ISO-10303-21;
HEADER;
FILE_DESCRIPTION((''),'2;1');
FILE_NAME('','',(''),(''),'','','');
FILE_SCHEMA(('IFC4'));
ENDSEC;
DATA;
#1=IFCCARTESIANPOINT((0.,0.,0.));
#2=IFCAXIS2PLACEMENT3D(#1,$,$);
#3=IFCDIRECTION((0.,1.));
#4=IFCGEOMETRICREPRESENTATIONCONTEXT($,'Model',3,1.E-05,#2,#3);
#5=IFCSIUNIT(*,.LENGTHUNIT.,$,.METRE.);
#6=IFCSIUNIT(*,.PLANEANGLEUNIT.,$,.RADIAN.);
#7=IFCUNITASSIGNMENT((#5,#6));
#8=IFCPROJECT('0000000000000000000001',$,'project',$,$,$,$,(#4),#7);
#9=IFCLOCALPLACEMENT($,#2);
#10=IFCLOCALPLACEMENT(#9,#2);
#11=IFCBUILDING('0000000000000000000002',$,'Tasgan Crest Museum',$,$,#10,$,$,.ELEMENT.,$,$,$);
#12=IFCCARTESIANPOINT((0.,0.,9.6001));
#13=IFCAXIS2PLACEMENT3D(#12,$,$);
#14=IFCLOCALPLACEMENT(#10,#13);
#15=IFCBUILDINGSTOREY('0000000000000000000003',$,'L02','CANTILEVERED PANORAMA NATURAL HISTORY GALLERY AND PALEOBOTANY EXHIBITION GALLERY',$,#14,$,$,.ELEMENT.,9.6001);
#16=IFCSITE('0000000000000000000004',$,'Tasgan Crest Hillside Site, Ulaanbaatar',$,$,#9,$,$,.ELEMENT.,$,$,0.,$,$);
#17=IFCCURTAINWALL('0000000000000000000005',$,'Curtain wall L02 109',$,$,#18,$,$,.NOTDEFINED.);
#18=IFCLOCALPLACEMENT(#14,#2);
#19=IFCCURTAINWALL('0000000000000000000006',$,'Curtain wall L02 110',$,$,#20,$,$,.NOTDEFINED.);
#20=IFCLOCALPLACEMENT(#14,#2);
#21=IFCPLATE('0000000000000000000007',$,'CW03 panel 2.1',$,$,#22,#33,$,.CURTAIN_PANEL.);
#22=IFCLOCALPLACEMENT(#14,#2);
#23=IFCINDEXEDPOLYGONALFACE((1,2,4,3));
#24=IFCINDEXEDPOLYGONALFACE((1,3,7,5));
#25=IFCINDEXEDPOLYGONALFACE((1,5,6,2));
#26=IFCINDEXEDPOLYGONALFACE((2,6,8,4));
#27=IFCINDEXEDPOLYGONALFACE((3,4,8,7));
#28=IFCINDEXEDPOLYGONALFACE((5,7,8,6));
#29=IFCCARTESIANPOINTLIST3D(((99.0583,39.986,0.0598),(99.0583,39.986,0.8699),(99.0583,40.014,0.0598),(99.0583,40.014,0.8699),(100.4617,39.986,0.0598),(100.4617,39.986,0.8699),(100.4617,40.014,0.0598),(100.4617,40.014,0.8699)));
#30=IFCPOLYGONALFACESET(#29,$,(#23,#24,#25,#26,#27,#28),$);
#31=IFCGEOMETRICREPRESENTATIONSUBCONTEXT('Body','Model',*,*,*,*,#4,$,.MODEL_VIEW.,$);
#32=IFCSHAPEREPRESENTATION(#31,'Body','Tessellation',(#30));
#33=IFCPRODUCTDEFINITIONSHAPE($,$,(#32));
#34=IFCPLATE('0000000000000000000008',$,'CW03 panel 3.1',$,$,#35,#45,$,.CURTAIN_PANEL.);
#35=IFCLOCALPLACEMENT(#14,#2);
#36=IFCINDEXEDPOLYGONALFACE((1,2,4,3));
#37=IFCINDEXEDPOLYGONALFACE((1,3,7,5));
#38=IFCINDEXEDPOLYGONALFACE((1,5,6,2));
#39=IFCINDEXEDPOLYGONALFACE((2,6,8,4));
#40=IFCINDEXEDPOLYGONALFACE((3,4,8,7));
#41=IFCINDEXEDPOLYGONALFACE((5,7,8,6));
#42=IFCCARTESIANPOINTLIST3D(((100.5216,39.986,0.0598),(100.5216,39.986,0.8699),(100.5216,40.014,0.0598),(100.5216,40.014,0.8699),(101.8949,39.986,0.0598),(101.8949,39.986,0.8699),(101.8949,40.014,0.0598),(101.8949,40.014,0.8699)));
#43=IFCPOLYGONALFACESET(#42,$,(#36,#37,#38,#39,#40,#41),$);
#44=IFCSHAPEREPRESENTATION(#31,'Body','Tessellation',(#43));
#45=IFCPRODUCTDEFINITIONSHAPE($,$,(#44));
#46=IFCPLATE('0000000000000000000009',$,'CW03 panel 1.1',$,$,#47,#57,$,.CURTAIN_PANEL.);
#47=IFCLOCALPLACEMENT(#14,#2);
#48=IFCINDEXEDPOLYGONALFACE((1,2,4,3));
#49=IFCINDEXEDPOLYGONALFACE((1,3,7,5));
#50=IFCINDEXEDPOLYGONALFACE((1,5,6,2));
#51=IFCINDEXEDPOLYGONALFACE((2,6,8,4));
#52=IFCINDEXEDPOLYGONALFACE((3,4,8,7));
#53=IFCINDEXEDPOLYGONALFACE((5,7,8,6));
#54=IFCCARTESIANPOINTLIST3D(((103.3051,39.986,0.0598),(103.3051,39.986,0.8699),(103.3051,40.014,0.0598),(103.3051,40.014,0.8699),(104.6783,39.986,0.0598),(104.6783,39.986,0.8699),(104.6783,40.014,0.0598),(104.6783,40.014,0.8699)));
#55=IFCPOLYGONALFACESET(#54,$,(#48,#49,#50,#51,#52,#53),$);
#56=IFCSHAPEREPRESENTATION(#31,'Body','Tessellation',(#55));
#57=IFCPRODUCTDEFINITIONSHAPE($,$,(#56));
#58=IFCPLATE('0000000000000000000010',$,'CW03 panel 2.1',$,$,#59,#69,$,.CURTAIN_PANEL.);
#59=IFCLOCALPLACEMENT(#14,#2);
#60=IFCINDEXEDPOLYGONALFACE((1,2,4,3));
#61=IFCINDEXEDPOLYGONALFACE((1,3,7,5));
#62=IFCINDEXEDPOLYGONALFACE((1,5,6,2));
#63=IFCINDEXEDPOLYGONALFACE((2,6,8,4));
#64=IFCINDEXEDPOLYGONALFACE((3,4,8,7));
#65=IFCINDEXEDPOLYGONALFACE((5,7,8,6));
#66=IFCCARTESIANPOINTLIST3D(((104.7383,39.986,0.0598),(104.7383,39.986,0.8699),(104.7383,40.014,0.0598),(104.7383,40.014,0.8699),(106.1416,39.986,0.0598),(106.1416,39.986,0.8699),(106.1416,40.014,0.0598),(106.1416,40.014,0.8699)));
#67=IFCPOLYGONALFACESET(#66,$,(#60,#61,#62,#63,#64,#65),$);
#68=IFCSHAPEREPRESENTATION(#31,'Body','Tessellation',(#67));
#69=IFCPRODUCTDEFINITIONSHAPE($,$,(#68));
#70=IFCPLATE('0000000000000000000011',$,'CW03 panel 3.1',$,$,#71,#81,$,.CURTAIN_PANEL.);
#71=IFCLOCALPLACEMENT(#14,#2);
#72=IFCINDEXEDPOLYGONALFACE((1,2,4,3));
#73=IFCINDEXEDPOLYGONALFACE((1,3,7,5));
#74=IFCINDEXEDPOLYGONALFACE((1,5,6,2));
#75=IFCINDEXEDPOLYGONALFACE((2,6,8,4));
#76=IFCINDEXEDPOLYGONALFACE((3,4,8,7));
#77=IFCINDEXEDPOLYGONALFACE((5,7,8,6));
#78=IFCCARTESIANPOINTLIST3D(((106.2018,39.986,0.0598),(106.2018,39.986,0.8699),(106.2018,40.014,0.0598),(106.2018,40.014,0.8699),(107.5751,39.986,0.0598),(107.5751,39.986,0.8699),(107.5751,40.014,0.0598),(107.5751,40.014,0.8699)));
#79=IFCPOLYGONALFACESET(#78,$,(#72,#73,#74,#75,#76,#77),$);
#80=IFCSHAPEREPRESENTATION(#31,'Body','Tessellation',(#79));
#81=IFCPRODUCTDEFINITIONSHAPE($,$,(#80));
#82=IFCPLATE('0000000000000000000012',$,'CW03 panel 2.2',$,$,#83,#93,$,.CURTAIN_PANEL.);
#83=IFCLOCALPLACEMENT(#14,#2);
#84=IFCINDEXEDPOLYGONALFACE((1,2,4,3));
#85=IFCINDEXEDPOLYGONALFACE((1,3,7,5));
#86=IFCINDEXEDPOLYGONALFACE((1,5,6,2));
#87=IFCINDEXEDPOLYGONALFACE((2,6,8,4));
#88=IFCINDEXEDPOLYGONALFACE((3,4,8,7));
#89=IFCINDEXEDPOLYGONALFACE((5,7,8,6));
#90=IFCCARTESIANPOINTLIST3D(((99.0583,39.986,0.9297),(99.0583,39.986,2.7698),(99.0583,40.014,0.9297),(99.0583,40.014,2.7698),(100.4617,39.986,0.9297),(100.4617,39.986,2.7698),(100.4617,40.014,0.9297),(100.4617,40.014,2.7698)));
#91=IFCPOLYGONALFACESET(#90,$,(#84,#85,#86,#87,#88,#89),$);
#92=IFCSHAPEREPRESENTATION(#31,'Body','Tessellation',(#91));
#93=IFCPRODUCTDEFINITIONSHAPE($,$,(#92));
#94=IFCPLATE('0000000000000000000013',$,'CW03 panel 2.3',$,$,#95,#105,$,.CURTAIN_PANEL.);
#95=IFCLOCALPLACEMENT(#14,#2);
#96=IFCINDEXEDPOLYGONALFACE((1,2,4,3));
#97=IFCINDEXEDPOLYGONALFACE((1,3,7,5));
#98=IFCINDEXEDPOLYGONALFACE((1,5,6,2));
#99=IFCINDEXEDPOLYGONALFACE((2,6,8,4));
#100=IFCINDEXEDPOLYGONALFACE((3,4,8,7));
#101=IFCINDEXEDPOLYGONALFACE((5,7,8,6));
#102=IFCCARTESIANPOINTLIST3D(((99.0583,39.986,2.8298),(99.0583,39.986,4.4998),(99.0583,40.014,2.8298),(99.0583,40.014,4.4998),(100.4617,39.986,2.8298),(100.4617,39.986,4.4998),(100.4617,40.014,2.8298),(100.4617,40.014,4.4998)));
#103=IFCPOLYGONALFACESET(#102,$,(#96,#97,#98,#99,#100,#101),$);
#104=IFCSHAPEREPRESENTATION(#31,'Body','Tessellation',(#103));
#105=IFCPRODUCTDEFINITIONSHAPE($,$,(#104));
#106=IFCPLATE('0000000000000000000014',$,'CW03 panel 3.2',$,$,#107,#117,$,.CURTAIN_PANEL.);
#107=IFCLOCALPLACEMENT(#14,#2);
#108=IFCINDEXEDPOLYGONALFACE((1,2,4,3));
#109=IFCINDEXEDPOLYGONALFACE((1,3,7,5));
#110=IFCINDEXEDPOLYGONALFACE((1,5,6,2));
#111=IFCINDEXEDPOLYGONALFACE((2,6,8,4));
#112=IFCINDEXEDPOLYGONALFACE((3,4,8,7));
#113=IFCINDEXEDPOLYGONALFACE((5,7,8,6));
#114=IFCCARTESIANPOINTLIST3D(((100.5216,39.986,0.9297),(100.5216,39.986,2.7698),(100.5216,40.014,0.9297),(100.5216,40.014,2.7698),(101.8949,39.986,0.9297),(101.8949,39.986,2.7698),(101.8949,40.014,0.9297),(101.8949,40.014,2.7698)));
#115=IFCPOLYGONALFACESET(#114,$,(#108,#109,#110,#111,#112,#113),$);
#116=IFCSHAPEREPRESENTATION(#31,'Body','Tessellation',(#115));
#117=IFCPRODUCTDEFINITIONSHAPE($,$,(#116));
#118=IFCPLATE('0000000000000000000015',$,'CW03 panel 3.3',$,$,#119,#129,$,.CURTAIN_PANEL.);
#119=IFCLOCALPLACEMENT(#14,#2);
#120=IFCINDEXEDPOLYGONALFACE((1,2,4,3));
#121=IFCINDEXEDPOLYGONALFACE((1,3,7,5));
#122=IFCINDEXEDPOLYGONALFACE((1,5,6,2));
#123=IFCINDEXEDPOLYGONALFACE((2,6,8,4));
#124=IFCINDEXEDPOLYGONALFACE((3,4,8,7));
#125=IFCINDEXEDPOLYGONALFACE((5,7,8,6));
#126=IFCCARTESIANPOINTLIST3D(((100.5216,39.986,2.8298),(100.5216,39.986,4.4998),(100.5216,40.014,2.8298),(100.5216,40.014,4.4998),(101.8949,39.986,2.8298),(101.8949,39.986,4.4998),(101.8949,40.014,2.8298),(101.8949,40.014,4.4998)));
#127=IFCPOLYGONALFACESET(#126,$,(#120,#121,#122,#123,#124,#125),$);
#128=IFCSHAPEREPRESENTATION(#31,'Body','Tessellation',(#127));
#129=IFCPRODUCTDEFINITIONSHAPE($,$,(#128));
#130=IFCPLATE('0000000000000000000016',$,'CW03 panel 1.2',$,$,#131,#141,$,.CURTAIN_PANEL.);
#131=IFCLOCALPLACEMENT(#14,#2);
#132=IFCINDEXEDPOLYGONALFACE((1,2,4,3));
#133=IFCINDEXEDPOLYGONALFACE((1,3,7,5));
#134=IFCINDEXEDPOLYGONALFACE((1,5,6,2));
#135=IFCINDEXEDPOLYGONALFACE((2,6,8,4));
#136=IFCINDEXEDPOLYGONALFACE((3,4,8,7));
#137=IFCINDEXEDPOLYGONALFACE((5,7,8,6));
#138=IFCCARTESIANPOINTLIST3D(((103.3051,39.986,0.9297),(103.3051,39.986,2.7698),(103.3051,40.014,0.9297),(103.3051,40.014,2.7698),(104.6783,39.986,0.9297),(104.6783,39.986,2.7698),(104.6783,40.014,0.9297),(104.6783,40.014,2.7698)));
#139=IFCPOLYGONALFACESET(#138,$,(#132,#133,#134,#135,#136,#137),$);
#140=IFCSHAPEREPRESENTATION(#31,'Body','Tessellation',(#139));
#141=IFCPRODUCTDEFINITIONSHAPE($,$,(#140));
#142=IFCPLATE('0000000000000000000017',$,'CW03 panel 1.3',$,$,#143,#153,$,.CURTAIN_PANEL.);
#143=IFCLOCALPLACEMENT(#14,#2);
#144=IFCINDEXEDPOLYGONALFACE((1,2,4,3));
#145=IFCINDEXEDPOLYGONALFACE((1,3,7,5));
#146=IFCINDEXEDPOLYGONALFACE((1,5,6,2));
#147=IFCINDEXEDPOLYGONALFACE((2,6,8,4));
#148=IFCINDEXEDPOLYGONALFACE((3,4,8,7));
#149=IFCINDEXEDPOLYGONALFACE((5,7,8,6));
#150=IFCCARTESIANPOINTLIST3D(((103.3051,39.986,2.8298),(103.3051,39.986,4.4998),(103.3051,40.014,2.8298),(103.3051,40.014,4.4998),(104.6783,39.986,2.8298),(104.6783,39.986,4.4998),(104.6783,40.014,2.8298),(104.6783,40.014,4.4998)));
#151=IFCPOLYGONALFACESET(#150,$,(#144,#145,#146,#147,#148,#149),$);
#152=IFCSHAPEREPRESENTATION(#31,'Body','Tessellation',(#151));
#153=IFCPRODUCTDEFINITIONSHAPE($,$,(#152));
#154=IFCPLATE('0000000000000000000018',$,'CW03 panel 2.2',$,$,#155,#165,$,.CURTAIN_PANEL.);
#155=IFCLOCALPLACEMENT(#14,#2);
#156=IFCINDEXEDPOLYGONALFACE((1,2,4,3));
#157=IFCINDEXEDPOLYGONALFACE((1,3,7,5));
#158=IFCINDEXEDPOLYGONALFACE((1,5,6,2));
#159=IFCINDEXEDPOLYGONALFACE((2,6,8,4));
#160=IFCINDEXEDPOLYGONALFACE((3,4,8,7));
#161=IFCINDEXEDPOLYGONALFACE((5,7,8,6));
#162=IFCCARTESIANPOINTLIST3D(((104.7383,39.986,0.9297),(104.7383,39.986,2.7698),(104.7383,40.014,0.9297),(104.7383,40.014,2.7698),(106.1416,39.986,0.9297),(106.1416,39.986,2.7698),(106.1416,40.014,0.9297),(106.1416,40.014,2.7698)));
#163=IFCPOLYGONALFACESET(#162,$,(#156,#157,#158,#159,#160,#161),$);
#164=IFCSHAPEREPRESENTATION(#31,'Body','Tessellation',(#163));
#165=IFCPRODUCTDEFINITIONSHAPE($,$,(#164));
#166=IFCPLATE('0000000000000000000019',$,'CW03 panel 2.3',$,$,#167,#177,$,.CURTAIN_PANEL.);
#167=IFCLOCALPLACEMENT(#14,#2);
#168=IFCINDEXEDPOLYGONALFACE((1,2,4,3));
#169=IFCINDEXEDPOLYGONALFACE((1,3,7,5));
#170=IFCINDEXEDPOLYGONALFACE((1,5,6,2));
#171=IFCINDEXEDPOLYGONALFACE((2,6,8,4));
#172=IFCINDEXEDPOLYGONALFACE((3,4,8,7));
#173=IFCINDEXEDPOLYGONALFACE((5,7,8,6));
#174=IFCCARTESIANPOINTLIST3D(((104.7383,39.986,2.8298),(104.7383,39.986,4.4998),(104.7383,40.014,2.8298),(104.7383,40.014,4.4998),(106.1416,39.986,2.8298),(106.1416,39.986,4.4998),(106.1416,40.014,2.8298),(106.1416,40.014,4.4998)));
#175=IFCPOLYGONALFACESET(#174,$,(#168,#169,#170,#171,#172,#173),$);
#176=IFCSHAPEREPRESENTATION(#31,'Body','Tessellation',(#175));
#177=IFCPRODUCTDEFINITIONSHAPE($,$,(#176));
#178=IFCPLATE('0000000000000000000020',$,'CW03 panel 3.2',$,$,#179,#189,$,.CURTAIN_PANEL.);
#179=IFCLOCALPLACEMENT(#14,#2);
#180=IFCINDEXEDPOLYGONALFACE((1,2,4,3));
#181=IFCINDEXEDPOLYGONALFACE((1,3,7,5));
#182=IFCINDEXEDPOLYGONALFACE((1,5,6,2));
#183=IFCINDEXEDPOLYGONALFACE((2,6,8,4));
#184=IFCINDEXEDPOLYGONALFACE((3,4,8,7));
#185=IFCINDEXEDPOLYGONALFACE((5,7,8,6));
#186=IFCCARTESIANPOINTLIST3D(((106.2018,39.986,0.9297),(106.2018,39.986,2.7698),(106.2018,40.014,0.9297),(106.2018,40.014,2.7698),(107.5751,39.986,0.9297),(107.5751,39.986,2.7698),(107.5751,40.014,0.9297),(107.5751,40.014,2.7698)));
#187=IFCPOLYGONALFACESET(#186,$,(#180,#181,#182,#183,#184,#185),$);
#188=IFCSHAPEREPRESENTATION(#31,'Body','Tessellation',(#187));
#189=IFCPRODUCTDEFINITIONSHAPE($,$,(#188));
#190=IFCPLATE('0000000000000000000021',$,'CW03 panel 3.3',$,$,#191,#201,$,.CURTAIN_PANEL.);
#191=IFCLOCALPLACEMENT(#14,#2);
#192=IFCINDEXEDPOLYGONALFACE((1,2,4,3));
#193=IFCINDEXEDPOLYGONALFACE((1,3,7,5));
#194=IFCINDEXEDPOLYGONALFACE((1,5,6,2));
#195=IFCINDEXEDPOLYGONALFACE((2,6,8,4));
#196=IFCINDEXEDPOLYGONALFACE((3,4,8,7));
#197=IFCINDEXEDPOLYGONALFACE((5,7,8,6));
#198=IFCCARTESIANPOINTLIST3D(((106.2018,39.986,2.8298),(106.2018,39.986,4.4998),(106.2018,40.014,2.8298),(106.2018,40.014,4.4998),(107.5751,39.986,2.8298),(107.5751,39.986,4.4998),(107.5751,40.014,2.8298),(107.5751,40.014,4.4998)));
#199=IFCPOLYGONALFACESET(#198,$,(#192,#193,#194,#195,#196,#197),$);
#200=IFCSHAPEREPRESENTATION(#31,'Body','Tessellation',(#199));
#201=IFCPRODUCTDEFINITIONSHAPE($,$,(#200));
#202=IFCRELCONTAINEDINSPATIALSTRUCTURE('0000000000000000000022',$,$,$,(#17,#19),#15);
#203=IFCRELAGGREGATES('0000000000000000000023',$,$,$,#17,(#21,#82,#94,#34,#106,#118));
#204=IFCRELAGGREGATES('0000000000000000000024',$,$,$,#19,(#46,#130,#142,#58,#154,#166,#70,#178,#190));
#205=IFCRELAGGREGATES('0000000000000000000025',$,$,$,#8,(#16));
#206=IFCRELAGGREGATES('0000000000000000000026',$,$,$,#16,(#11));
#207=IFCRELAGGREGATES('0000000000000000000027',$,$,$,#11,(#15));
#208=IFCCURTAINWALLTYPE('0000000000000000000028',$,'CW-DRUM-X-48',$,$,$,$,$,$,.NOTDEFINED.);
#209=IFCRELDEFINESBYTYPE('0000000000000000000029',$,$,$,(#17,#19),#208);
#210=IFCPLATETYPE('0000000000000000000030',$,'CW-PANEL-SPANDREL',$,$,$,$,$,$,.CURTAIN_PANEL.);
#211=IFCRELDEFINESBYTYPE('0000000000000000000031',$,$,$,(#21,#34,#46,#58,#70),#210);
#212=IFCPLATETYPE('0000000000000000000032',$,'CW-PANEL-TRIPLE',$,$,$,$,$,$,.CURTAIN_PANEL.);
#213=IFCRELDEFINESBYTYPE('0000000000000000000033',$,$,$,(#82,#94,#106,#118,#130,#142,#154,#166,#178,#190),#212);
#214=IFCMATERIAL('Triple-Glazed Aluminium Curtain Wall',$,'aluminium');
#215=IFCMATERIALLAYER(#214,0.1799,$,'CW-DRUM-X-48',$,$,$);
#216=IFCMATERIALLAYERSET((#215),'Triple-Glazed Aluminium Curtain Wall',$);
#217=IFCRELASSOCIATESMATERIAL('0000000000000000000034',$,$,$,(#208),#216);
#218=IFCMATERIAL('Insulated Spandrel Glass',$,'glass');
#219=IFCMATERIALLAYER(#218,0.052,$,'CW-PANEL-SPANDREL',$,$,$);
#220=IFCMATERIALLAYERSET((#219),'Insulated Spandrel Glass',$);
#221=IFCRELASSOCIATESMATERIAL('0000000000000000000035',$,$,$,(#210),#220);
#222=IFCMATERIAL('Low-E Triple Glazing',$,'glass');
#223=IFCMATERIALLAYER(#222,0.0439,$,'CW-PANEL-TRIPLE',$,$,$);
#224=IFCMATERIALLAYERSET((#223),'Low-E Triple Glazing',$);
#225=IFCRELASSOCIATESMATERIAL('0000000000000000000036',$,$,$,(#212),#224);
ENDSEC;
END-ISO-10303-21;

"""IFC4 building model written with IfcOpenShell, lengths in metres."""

from ifc_helpers import new_model, si_unit, direction, frame, origin, origin_2d, place, context, subcontext, project, spatial, rectangle, extrude, material, layer, layer_set, type_object, element, aggregate, save


model = new_model("IFC4")

# Units and contexts
model_context = context("Model", 3, precision=1e-05, world=origin(), true_north=direction((0.0, 1.0)))
body_context = subcontext(model_context, "Body", "Model", "MODEL_VIEW")
ifc_project = project(units=[si_unit("LENGTHUNIT", "METRE"), si_unit("PLANEANGLEUNIT", "RADIAN")], contexts=[model_context])

# Site, building, storey
site_placement = place(None, origin())
site = spatial("IfcSite", under=ifc_project, at=site_placement, Name="Tasgan Crest Hillside Site, Ulaanbaatar", CompositionType="ELEMENT", RefElevation=0.0)
building_placement = place(site_placement, origin())
building = spatial("IfcBuilding", under=site, at=building_placement, Name="Tasgan Crest Museum", CompositionType="ELEMENT")
storey_placement = place(building_placement, frame((0.0, 0.0, 9.6001)))
storey = spatial("IfcBuildingStorey", under=building, at=storey_placement, Name="L02", Description="CANTILEVERED PANORAMA NATURAL HISTORY GALLERY AND PALEOBOTANY EXHIBITION GALLERY", CompositionType="ELEMENT", Elevation=9.6001)

# Curtain walls
ifc_material_1 = material(Name="Triple-Glazed Aluminium Curtain Wall", Category="aluminium")
ifc_layer_1 = layer(ifc_material_1, 0.1799, Name="CW-DRUM-X-48")
ifc_layer_set_1 = layer_set([ifc_layer_1], Name="Triple-Glazed Aluminium Curtain Wall")
curtain_wall_type = type_object("IfcCurtainWallType", Name="CW-DRUM-X-48", PredefinedType="NOTDEFINED", material=ifc_layer_set_1)
curtain_wall_1_placement = place(storey_placement, origin())
curtain_wall_1 = element("IfcCurtainWall", 1, at=curtain_wall_1_placement, inside=storey, type_object=curtain_wall_type, Name="Curtain wall L02 109", PredefinedType="NOTDEFINED")
curtain_wall_2_placement = place(storey_placement, origin())
curtain_wall_2 = element("IfcCurtainWall", 2, at=curtain_wall_2_placement, inside=storey, type_object=curtain_wall_type, Name="Curtain wall L02 110", PredefinedType="NOTDEFINED")

# Plates
ifc_material_2 = material(Name="Insulated Spandrel Glass", Category="glass")
ifc_layer_2 = layer(ifc_material_2, 0.052, Name="CW-PANEL-SPANDREL")
ifc_layer_set_2 = layer_set([ifc_layer_2], Name="Insulated Spandrel Glass")
plate_type_1 = type_object("IfcPlateType", Name="CW-PANEL-SPANDREL", PredefinedType="CURTAIN_PANEL", material=ifc_layer_set_2)
plate_1_placement = place(storey_placement, frame((99.76, 40.0, 0.0598), z_axis=(0.0, 0.0, 1.0), x_axis=(1.0, 0.0, 0.0)))
plate_1 = element("IfcPlate", 3, at=plate_1_placement, type_object=plate_type_1, Name="CW03 panel 2.1", PredefinedType="CURTAIN_PANEL", context=body_context, shape_type="SweptSolid", body=[
    extrude(rectangle(XDim=1.4033, YDim=0.0281, at=origin_2d()), origin(), (0.0, 0.0, 1.0), 0.8101),
])
plate_2_placement = place(storey_placement, frame((101.2083, 40.0, 0.0598), z_axis=(0.0, 0.0, 1.0), x_axis=(1.0, 0.0, 0.0)))
plate_2 = element("IfcPlate", 4, at=plate_2_placement, type_object=plate_type_1, Name="CW03 panel 3.1", PredefinedType="CURTAIN_PANEL", context=body_context, shape_type="SweptSolid", body=[
    extrude(rectangle(XDim=1.3733, YDim=0.0281, at=origin_2d()), origin(), (0.0, 0.0, 1.0), 0.8101),
])
plate_3_placement = place(storey_placement, frame((103.9917, 40.0, 0.0598), z_axis=(0.0, 0.0, 1.0), x_axis=(1.0, 0.0, 0.0)))
plate_3 = element("IfcPlate", 5, at=plate_3_placement, type_object=plate_type_1, Name="CW03 panel 1.1", PredefinedType="CURTAIN_PANEL", context=body_context, shape_type="SweptSolid", body=[
    extrude(rectangle(XDim=1.3733, YDim=0.0281, at=origin_2d()), origin(), (0.0, 0.0, 1.0), 0.8101),
])
plate_4_placement = place(storey_placement, frame((105.4399, 40.0, 0.0598), z_axis=(0.0, 0.0, 1.0), x_axis=(1.0, 0.0, 0.0)))
plate_4 = element("IfcPlate", 6, at=plate_4_placement, type_object=plate_type_1, Name="CW03 panel 2.1", PredefinedType="CURTAIN_PANEL", context=body_context, shape_type="SweptSolid", body=[
    extrude(rectangle(XDim=1.4033, YDim=0.0281, at=origin_2d()), origin(), (0.0, 0.0, 1.0), 0.8101),
])
plate_5_placement = place(storey_placement, frame((106.8884, 40.0, 0.0598), z_axis=(0.0, 0.0, 1.0), x_axis=(1.0, 0.0, 0.0)))
plate_5 = element("IfcPlate", 7, at=plate_5_placement, type_object=plate_type_1, Name="CW03 panel 3.1", PredefinedType="CURTAIN_PANEL", context=body_context, shape_type="SweptSolid", body=[
    extrude(rectangle(XDim=1.3733, YDim=0.0281, at=origin_2d()), origin(), (0.0, 0.0, 1.0), 0.8101),
])
ifc_material_3 = material(Name="Low-E Triple Glazing", Category="glass")
ifc_layer_3 = layer(ifc_material_3, 0.0439, Name="CW-PANEL-TRIPLE")
ifc_layer_set_3 = layer_set([ifc_layer_3], Name="Low-E Triple Glazing")
plate_type_2 = type_object("IfcPlateType", Name="CW-PANEL-TRIPLE", PredefinedType="CURTAIN_PANEL", material=ifc_layer_set_3)
plate_6_placement = place(storey_placement, frame((99.76, 40.0, 0.9297), z_axis=(0.0, 0.0, 1.0), x_axis=(1.0, 0.0, 0.0)))
plate_6 = element("IfcPlate", 8, at=plate_6_placement, type_object=plate_type_2, Name="CW03 panel 2.2", PredefinedType="CURTAIN_PANEL", context=body_context, shape_type="SweptSolid", body=[
    extrude(rectangle(XDim=1.4033, YDim=0.0281, at=origin_2d()), origin(), (0.0, 0.0, 1.0), 1.8401),
])
plate_7_placement = place(storey_placement, frame((99.76, 40.0, 2.8298), z_axis=(0.0, 0.0, 1.0), x_axis=(1.0, 0.0, 0.0)))
plate_7 = element("IfcPlate", 9, at=plate_7_placement, type_object=plate_type_2, Name="CW03 panel 2.3", PredefinedType="CURTAIN_PANEL", context=body_context, shape_type="SweptSolid", body=[
    extrude(rectangle(XDim=1.4033, YDim=0.0281, at=origin_2d()), origin(), (0.0, 0.0, 1.0), 1.6699),
])
plate_8_placement = place(storey_placement, frame((101.2083, 40.0, 0.9297), z_axis=(0.0, 0.0, 1.0), x_axis=(1.0, 0.0, 0.0)))
plate_8 = element("IfcPlate", 10, at=plate_8_placement, type_object=plate_type_2, Name="CW03 panel 3.2", PredefinedType="CURTAIN_PANEL", context=body_context, shape_type="SweptSolid", body=[
    extrude(rectangle(XDim=1.3733, YDim=0.0281, at=origin_2d()), origin(), (0.0, 0.0, 1.0), 1.8401),
])
plate_9_placement = place(storey_placement, frame((101.2083, 40.0, 2.8298), z_axis=(0.0, 0.0, 1.0), x_axis=(1.0, 0.0, 0.0)))
plate_9 = element("IfcPlate", 11, at=plate_9_placement, type_object=plate_type_2, Name="CW03 panel 3.3", PredefinedType="CURTAIN_PANEL", context=body_context, shape_type="SweptSolid", body=[
    extrude(rectangle(XDim=1.3733, YDim=0.0281, at=origin_2d()), origin(), (0.0, 0.0, 1.0), 1.6699),
])
aggregate(curtain_wall_1, [plate_1, plate_6, plate_7, plate_2, plate_8, plate_9])
plate_10_placement = place(storey_placement, frame((103.9917, 40.0, 0.9297), z_axis=(0.0, 0.0, 1.0), x_axis=(1.0, 0.0, 0.0)))
plate_10 = element("IfcPlate", 12, at=plate_10_placement, type_object=plate_type_2, Name="CW03 panel 1.2", PredefinedType="CURTAIN_PANEL", context=body_context, shape_type="SweptSolid", body=[
    extrude(rectangle(XDim=1.3733, YDim=0.0281, at=origin_2d()), origin(), (0.0, 0.0, 1.0), 1.8401),
])
plate_11_placement = place(storey_placement, frame((103.9917, 40.0, 2.8298), z_axis=(0.0, 0.0, 1.0), x_axis=(1.0, 0.0, 0.0)))
plate_11 = element("IfcPlate", 13, at=plate_11_placement, type_object=plate_type_2, Name="CW03 panel 1.3", PredefinedType="CURTAIN_PANEL", context=body_context, shape_type="SweptSolid", body=[
    extrude(rectangle(XDim=1.3733, YDim=0.0281, at=origin_2d()), origin(), (0.0, 0.0, 1.0), 1.6699),
])
plate_12_placement = place(storey_placement, frame((105.4399, 40.0, 0.9297), z_axis=(0.0, 0.0, 1.0), x_axis=(1.0, 0.0, 0.0)))
plate_12 = element("IfcPlate", 14, at=plate_12_placement, type_object=plate_type_2, Name="CW03 panel 2.2", PredefinedType="CURTAIN_PANEL", context=body_context, shape_type="SweptSolid", body=[
    extrude(rectangle(XDim=1.4033, YDim=0.0281, at=origin_2d()), origin(), (0.0, 0.0, 1.0), 1.8401),
])
plate_13_placement = place(storey_placement, frame((105.4399, 40.0, 2.8298), z_axis=(0.0, 0.0, 1.0), x_axis=(1.0, 0.0, 0.0)))
plate_13 = element("IfcPlate", 15, at=plate_13_placement, type_object=plate_type_2, Name="CW03 panel 2.3", PredefinedType="CURTAIN_PANEL", context=body_context, shape_type="SweptSolid", body=[
    extrude(rectangle(XDim=1.4033, YDim=0.0281, at=origin_2d()), origin(), (0.0, 0.0, 1.0), 1.6699),
])
plate_14_placement = place(storey_placement, frame((106.8884, 40.0, 0.9297), z_axis=(0.0, 0.0, 1.0), x_axis=(1.0, 0.0, 0.0)))
plate_14 = element("IfcPlate", 16, at=plate_14_placement, type_object=plate_type_2, Name="CW03 panel 3.2", PredefinedType="CURTAIN_PANEL", context=body_context, shape_type="SweptSolid", body=[
    extrude(rectangle(XDim=1.3733, YDim=0.0281, at=origin_2d()), origin(), (0.0, 0.0, 1.0), 1.8401),
])
plate_15_placement = place(storey_placement, frame((106.8884, 40.0, 2.8298), z_axis=(0.0, 0.0, 1.0), x_axis=(1.0, 0.0, 0.0)))
plate_15 = element("IfcPlate", 17, at=plate_15_placement, type_object=plate_type_2, Name="CW03 panel 3.3", PredefinedType="CURTAIN_PANEL", context=body_context, shape_type="SweptSolid", body=[
    extrude(rectangle(XDim=1.3733, YDim=0.0281, at=origin_2d()), origin(), (0.0, 0.0, 1.0), 1.6699),
])
aggregate(curtain_wall_2, [plate_3, plate_10, plate_11, plate_4, plate_12, plate_13, plate_5, plate_14, plate_15])

save(model, "model.ifc")
